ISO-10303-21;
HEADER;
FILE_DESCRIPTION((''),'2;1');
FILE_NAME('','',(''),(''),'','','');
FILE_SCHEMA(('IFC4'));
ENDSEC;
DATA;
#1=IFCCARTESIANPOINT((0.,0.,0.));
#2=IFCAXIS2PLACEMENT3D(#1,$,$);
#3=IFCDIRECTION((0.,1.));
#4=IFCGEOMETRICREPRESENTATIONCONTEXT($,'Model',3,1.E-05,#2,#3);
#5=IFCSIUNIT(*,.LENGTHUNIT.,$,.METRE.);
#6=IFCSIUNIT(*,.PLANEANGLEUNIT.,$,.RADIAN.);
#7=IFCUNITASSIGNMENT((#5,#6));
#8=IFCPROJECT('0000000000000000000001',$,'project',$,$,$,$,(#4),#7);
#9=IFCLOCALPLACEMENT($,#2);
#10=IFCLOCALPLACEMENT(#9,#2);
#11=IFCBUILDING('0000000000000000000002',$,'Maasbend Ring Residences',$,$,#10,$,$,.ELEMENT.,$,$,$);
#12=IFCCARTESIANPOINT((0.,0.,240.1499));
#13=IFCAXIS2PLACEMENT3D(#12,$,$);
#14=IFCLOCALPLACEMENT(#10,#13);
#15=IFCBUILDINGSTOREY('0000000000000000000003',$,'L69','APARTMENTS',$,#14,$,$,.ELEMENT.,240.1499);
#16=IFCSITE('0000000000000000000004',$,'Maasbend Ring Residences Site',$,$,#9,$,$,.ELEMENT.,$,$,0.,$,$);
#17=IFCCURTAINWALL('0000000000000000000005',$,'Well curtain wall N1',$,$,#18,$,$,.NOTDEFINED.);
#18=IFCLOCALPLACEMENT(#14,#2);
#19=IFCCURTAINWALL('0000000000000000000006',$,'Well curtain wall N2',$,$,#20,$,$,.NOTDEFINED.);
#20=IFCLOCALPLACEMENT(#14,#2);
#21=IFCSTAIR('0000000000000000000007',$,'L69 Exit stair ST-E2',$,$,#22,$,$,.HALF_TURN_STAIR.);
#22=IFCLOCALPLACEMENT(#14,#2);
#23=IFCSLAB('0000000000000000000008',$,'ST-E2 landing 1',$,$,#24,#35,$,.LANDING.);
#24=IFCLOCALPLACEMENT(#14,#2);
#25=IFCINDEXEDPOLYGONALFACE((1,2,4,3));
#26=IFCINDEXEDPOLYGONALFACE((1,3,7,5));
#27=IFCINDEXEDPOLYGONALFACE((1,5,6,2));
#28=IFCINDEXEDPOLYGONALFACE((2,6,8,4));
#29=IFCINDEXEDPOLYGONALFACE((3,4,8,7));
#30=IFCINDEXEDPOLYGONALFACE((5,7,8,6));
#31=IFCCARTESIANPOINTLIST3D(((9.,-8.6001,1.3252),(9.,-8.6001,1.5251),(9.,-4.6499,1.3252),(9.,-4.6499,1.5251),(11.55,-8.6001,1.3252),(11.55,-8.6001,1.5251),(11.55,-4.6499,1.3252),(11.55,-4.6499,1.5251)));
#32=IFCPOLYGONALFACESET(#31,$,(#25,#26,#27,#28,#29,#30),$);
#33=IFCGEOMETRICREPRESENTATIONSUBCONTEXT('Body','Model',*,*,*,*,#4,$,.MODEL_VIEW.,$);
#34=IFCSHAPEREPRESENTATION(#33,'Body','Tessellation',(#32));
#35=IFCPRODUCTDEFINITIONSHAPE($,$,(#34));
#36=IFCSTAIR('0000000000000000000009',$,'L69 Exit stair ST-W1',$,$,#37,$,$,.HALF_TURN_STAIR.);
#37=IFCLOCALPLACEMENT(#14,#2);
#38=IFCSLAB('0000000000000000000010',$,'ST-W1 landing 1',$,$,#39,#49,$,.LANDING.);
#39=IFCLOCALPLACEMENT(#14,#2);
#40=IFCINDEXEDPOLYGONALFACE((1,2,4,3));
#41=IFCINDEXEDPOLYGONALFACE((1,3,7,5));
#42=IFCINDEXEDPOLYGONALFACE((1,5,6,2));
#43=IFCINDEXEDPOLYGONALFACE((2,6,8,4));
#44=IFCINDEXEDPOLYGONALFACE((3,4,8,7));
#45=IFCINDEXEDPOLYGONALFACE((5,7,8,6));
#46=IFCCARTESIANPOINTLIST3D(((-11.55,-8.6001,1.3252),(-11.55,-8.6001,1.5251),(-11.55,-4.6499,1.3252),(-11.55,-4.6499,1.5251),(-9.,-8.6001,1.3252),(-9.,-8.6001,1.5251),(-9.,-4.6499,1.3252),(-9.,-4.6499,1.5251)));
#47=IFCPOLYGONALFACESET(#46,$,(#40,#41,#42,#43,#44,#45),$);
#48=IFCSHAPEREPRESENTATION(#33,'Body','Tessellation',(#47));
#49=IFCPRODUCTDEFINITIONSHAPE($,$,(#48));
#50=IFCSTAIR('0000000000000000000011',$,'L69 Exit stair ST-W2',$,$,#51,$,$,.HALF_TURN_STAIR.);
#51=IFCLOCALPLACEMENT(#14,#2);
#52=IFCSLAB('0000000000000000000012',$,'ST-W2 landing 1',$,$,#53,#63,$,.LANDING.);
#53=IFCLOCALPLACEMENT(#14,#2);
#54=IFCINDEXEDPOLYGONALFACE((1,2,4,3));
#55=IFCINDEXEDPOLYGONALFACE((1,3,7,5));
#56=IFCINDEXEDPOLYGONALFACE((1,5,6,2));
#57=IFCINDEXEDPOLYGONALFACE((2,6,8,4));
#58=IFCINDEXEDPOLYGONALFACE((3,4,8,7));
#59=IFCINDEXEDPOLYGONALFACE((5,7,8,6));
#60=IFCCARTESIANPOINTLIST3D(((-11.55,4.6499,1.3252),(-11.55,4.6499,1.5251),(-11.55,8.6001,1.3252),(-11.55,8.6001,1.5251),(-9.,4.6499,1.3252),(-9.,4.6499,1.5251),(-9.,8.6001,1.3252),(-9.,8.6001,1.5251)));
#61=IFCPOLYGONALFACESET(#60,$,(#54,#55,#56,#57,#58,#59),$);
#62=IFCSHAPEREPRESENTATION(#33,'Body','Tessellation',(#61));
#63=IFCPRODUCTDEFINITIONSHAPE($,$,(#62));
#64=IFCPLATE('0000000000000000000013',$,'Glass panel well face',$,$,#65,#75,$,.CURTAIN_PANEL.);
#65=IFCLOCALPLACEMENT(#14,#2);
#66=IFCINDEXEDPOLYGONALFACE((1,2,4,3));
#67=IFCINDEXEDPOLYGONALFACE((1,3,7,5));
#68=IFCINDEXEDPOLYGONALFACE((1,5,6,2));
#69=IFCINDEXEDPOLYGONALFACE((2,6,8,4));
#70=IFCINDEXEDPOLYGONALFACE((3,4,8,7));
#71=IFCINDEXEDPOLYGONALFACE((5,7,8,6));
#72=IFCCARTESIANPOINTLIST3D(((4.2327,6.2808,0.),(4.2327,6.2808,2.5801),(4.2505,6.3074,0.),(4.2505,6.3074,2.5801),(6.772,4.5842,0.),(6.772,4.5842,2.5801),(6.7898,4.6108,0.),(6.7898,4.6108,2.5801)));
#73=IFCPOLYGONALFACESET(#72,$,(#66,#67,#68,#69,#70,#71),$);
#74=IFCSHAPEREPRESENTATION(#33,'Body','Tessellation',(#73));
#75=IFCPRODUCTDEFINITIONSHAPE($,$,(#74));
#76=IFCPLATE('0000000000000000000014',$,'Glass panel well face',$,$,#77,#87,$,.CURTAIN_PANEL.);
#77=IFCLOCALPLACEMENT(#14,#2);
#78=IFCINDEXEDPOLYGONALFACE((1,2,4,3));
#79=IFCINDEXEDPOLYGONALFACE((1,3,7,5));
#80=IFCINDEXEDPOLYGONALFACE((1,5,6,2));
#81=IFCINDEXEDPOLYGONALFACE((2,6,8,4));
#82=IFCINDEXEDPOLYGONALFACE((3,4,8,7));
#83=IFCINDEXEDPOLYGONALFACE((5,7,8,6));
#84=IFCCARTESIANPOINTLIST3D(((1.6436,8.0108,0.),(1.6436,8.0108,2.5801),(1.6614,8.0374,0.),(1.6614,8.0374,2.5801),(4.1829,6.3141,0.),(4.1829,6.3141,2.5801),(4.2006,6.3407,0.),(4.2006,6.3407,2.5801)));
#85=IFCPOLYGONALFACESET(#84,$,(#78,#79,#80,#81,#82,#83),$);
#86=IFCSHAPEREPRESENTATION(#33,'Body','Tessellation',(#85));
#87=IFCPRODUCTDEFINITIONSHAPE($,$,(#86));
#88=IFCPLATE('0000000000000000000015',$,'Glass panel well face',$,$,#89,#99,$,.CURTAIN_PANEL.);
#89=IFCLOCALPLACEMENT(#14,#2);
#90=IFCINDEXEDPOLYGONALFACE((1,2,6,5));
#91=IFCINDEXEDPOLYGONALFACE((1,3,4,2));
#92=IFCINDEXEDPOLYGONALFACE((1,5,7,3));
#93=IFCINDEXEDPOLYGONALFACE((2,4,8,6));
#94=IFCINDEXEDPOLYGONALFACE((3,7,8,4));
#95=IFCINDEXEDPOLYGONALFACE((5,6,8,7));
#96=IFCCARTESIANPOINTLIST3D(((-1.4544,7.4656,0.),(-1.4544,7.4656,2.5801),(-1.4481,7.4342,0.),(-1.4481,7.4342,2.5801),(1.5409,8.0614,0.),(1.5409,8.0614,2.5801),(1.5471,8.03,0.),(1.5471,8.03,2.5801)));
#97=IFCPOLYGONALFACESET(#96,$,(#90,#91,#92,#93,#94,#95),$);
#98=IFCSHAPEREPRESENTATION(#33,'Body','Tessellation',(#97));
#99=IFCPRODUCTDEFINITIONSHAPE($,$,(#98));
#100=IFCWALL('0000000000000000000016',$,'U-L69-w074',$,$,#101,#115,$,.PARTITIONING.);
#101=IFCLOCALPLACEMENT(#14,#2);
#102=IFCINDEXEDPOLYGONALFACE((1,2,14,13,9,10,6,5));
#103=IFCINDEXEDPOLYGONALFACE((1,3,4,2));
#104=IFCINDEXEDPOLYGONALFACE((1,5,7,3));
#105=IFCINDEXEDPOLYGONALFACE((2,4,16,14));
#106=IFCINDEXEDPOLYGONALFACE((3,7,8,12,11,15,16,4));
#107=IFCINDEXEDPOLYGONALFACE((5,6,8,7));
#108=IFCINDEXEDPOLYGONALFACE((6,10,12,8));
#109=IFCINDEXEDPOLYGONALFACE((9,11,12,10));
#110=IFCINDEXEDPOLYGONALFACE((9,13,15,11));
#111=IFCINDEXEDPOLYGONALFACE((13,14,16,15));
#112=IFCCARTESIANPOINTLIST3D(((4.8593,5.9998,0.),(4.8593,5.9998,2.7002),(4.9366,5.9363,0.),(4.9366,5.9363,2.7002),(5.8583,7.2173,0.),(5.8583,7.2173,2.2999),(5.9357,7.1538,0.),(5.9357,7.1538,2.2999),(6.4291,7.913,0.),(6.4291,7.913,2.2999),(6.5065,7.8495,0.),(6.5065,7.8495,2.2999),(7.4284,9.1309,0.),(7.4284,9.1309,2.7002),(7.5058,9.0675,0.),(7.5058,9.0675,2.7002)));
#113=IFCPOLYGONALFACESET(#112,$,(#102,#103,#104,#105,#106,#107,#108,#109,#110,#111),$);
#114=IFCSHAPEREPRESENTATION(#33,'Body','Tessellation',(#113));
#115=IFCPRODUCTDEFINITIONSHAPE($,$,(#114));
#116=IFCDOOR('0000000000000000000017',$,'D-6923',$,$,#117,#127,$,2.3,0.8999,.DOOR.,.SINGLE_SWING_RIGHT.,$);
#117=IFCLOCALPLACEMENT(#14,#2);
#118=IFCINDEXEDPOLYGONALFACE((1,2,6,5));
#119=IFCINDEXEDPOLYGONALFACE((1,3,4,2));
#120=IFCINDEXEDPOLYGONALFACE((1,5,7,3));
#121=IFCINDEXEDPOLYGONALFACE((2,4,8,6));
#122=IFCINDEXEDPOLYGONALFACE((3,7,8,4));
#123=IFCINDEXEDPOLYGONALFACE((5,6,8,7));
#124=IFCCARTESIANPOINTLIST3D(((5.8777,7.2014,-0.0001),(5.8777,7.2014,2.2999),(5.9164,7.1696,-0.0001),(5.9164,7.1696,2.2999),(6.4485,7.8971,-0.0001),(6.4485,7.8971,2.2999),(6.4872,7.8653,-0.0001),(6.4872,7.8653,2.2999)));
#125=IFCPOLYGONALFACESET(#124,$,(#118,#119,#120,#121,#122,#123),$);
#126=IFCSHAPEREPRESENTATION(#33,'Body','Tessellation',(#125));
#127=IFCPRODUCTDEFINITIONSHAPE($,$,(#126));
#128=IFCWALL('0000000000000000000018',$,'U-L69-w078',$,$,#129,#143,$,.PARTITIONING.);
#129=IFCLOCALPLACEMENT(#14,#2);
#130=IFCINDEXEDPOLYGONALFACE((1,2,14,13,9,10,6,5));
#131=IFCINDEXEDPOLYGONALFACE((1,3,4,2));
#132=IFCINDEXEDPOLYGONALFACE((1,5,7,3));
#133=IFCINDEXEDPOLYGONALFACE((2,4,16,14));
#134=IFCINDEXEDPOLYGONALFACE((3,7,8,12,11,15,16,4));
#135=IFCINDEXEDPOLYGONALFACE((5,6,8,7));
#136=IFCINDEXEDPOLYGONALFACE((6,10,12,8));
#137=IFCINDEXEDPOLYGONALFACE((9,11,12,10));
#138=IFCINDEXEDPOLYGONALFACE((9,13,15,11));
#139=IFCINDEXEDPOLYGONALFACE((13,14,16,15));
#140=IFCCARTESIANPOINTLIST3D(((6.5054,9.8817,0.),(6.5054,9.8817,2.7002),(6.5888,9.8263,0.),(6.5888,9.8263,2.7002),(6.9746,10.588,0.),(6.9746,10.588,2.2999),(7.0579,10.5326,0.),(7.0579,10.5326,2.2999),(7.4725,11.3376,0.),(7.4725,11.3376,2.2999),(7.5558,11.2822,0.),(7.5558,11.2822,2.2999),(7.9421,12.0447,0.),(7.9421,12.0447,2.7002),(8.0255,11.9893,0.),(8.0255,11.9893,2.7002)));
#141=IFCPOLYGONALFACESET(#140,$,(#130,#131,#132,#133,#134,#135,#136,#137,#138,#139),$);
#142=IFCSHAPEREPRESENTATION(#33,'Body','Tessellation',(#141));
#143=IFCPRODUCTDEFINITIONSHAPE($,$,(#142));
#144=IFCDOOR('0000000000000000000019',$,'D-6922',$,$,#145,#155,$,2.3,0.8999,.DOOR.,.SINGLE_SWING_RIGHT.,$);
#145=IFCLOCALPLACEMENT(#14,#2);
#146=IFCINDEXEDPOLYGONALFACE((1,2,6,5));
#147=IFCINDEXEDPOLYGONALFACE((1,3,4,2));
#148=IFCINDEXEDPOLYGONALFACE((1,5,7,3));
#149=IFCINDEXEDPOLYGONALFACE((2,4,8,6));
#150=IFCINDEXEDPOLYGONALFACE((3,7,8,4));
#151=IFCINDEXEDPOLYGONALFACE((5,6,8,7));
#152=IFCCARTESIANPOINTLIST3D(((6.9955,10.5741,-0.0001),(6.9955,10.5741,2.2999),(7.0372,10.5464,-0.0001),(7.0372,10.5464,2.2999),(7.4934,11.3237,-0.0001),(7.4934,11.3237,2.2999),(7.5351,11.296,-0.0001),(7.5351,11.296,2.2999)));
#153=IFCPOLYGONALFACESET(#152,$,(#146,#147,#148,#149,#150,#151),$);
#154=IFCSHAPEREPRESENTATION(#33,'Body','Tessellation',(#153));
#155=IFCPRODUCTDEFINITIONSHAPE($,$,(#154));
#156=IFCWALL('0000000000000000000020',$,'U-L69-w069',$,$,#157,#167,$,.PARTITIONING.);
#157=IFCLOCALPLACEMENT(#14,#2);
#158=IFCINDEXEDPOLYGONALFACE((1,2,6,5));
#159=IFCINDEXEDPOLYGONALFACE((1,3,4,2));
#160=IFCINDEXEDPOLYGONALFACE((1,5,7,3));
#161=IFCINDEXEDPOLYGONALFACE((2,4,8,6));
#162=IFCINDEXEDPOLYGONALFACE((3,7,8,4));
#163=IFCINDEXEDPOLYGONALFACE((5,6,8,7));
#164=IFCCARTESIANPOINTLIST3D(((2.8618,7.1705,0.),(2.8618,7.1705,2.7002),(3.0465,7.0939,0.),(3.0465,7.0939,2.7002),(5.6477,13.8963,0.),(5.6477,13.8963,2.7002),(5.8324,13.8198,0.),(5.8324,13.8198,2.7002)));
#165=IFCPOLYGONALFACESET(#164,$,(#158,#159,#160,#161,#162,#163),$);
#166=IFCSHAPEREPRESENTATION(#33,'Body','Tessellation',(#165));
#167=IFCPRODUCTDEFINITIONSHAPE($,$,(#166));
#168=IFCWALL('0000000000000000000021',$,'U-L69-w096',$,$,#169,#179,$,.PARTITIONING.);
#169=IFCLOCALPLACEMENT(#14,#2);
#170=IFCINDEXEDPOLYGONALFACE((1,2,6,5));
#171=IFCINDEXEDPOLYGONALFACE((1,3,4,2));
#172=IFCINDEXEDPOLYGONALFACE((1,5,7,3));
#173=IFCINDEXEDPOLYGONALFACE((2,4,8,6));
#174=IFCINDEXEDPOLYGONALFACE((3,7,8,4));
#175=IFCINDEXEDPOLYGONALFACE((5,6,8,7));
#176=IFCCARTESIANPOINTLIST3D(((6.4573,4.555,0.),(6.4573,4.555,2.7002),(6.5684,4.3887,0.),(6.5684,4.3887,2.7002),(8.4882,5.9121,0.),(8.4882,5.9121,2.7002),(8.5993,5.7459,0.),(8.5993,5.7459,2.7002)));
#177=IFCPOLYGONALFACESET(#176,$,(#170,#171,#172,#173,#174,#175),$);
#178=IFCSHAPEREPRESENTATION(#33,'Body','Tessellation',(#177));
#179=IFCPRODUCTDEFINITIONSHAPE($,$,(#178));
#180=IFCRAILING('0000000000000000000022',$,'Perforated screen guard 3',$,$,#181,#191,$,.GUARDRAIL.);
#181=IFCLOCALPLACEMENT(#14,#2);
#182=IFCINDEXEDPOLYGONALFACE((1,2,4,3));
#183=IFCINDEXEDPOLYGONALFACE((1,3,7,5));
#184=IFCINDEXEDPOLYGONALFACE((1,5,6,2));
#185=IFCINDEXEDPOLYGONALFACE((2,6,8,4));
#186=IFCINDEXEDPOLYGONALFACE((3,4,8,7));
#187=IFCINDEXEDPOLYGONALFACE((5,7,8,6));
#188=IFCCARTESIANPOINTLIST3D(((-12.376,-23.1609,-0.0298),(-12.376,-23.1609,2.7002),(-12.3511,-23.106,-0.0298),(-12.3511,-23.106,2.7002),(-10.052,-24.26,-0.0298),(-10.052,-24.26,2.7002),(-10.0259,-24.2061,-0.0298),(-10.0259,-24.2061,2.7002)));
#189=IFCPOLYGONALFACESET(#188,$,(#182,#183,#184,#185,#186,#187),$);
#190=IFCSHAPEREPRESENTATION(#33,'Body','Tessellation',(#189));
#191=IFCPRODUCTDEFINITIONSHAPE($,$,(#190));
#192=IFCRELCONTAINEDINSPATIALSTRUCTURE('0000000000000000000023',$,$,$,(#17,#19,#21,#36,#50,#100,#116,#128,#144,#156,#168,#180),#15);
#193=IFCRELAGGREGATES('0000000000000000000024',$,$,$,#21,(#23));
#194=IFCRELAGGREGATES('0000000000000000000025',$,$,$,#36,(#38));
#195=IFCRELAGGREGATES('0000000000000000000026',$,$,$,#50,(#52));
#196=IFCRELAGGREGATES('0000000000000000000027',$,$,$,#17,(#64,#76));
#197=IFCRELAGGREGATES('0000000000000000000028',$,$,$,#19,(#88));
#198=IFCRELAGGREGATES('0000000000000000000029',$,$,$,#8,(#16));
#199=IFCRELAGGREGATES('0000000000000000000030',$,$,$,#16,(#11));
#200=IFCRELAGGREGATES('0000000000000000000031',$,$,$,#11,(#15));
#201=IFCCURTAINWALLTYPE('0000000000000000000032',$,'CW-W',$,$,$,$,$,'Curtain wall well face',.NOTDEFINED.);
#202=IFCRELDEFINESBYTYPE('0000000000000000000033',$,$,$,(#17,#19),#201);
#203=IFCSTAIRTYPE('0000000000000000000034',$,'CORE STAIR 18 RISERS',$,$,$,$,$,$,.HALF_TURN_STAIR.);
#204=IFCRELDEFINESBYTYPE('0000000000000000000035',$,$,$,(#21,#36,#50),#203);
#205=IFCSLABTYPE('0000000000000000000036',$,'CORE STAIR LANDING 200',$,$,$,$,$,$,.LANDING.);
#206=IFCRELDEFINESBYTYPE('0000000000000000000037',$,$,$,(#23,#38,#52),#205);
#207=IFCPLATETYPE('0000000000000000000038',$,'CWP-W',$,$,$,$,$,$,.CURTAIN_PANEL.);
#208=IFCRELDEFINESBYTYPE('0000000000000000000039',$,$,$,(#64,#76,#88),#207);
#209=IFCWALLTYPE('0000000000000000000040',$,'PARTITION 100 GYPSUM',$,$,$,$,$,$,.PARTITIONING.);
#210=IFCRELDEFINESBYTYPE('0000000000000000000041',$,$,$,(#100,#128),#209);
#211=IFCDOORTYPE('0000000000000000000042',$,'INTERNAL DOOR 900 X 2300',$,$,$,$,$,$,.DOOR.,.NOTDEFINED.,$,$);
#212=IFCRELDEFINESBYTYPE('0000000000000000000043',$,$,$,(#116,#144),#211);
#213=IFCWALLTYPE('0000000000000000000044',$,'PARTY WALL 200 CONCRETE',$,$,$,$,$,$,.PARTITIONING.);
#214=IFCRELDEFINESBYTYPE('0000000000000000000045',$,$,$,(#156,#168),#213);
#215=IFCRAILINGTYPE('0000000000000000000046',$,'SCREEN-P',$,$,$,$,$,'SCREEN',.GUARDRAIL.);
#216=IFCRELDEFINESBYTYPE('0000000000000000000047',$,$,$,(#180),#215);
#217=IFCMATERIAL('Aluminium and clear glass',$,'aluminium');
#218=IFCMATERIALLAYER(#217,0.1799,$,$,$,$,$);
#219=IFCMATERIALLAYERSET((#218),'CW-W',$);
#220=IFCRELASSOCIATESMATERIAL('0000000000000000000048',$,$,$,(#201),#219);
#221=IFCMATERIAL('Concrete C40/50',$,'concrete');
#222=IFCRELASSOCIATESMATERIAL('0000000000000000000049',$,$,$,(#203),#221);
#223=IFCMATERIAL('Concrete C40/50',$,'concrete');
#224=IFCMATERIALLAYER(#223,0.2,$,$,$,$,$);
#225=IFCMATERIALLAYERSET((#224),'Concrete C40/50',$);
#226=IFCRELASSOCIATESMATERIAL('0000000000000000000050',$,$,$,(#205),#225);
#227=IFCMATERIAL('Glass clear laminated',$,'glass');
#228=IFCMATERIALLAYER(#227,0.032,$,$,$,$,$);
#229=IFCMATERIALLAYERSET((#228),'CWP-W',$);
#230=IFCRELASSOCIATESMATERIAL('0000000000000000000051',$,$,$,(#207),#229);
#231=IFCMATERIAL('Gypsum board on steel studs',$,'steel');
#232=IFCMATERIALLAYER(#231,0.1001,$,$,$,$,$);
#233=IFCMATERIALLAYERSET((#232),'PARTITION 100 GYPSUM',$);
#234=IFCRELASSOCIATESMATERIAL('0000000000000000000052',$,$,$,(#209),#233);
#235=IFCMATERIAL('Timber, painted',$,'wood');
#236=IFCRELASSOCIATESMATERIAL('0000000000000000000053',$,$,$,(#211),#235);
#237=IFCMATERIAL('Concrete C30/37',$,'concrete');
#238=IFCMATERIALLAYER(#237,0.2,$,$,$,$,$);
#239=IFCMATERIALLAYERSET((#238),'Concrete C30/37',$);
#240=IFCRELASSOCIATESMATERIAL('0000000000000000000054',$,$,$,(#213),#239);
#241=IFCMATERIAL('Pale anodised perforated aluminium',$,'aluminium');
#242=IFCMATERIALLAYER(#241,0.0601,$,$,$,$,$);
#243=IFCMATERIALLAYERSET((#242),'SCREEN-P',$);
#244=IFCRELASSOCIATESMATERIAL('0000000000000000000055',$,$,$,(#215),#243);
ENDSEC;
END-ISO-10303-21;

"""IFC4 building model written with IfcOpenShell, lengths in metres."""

from ifc_helpers import new_model, si_unit, direction, frame, frame_2d, origin, origin_2d, place, context, subcontext, project, spatial, polyline, rectangle, outline, extrude, material, layer, layer_set, type_object, element, fill, aggregate, save


model = new_model("IFC4")

# Units and contexts
model_context = context("Model", 3, precision=1e-05, world=origin(), true_north=direction((0.0, 1.0)))
body_context = subcontext(model_context, "Body", "Model", "MODEL_VIEW")
ifc_project = project(units=[si_unit("LENGTHUNIT", "METRE"), si_unit("PLANEANGLEUNIT", "RADIAN")], contexts=[model_context])

# Site, building, storey
site_placement = place(None, origin())
site = spatial("IfcSite", under=ifc_project, at=site_placement, Name="Maasbend Ring Residences Site", CompositionType="ELEMENT", RefElevation=0.0)
building_placement = place(site_placement, origin())
building = spatial("IfcBuilding", under=site, at=building_placement, Name="Maasbend Ring Residences", CompositionType="ELEMENT")
storey_placement = place(building_placement, frame((0.0, 0.0, 240.1499)))
storey = spatial("IfcBuildingStorey", under=building, at=storey_placement, Name="L69", Description="APARTMENTS", CompositionType="ELEMENT", Elevation=240.1499)

# Curtain wall
ifc_material_1 = material(Name="Aluminium and clear glass", Category="aluminium")
ifc_layer_1 = layer(ifc_material_1, 0.1799)
ifc_layer_set_1 = layer_set([ifc_layer_1], Name="CW-W")
curtain_wall_type = type_object("IfcCurtainWallType", Name="CW-W", ElementType="Curtain wall well face", PredefinedType="NOTDEFINED", material=ifc_layer_set_1)
curtain_wall_1_placement = place(storey_placement, origin())
curtain_wall_1 = element("IfcCurtainWall", 1, at=curtain_wall_1_placement, inside=storey, type_object=curtain_wall_type, Name="Well curtain wall N1", PredefinedType="NOTDEFINED")

# Curtain wall
curtain_wall_2_placement = place(storey_placement, origin())
curtain_wall_2 = element("IfcCurtainWall", 2, at=curtain_wall_2_placement, inside=storey, type_object=curtain_wall_type, Name="Well curtain wall N2", PredefinedType="NOTDEFINED")

# Stairs, slabs
ifc_material_2 = material(Name="Concrete C40/50", Category="concrete")
stair_type = type_object("IfcStairType", Name="CORE STAIR 18 RISERS", PredefinedType="HALF_TURN_STAIR", material=ifc_material_2)
ifc_material_3 = material(Name="Concrete C40/50", Category="concrete")
ifc_layer_2 = layer(ifc_material_3, 0.2)
ifc_layer_set_2 = layer_set([ifc_layer_2], Name="Concrete C40/50")
slab_type = type_object("IfcSlabType", Name="CORE STAIR LANDING 200", PredefinedType="LANDING", material=ifc_layer_set_2)
stair_1_placement = place(storey_placement, origin())
stair_1 = element("IfcStair", 3, at=stair_1_placement, inside=storey, type_object=stair_type, Name="L69 Exit stair ST-E2", PredefinedType="HALF_TURN_STAIR")
slab_1_placement = place(storey_placement, frame((0.0, 0.0, 1.3252)))
slab_1 = element("IfcSlab", 4, at=slab_1_placement, type_object=slab_type, Name="ST-E2 landing 1", PredefinedType="LANDING", context=body_context, shape_type="SweptSolid", body=[
    extrude(outline(polyline([(11.55, -4.6499), (9.0, -4.6499), (9.0, -8.6001), (11.55, -8.6001), (11.55, -4.6499)])), origin(), (0.0, 0.0, 1.0), 0.2),
])
aggregate(stair_1, [slab_1])
stair_2_placement = place(storey_placement, origin())
stair_2 = element("IfcStair", 5, at=stair_2_placement, inside=storey, type_object=stair_type, Name="L69 Exit stair ST-W1", PredefinedType="HALF_TURN_STAIR")
slab_2_placement = place(storey_placement, frame((0.0, 0.0, 1.3252)))
slab_2 = element("IfcSlab", 6, at=slab_2_placement, type_object=slab_type, Name="ST-W1 landing 1", PredefinedType="LANDING", context=body_context, shape_type="SweptSolid", body=[
    extrude(outline(polyline([(-11.55, -8.6001), (-9.0, -8.6001), (-9.0, -4.6499), (-11.55, -4.6499), (-11.55, -8.6001)])), origin(), (0.0, 0.0, 1.0), 0.2),
])
aggregate(stair_2, [slab_2])
stair_3_placement = place(storey_placement, origin())
stair_3 = element("IfcStair", 7, at=stair_3_placement, inside=storey, type_object=stair_type, Name="L69 Exit stair ST-W2", PredefinedType="HALF_TURN_STAIR")
slab_3_placement = place(storey_placement, frame((0.0, 0.0, 1.3252)))
slab_3 = element("IfcSlab", 8, at=slab_3_placement, type_object=slab_type, Name="ST-W2 landing 1", PredefinedType="LANDING", context=body_context, shape_type="SweptSolid", body=[
    extrude(outline(polyline([(-11.55, 4.6499), (-9.0, 4.6499), (-9.0, 8.6001), (-11.55, 8.6001), (-11.55, 4.6499)])), origin(), (0.0, 0.0, 1.0), 0.2),
])
aggregate(stair_3, [slab_3])

# Plates
ifc_material_4 = material(Name="Glass clear laminated", Category="glass")
ifc_layer_3 = layer(ifc_material_4, 0.032)
ifc_layer_set_3 = layer_set([ifc_layer_3], Name="CWP-W")
plate_type = type_object("IfcPlateType", Name="CWP-W", PredefinedType="CURTAIN_PANEL", material=ifc_layer_set_3)
plate_1_placement = place(storey_placement, frame((5.5112, 5.4458, 0.0), z_axis=(0.0, 0.0, 1.0), x_axis=(-0.83147, 0.55557, 0.0)))
plate_1 = element("IfcPlate", 9, at=plate_1_placement, type_object=plate_type, Name="Glass panel well face", PredefinedType="CURTAIN_PANEL", context=body_context, shape_type="SweptSolid", body=[
    extrude(rectangle(XDim=3.054, YDim=0.032, at=origin_2d()), origin(), (0.0, 0.0, 1.0), 2.5801),
])
plate_2_placement = place(storey_placement, frame((2.9221, 7.1758, 0.0), z_axis=(0.0, 0.0, 1.0), x_axis=(-0.83147, 0.55557, 0.0)))
plate_2 = element("IfcPlate", 10, at=plate_2_placement, type_object=plate_type, Name="Glass panel well face", PredefinedType="CURTAIN_PANEL", context=body_context, shape_type="SweptSolid", body=[
    extrude(rectangle(XDim=3.054, YDim=0.032, at=origin_2d()), origin(), (0.0, 0.0, 1.0), 2.5801),
])
aggregate(curtain_wall_1, [plate_1, plate_2])
plate_3_placement = place(storey_placement, frame((0.0464, 7.7478, 0.0), z_axis=(0.0, 0.0, 1.0), x_axis=(-0.980785, -0.19509, 0.0)))
plate_3 = element("IfcPlate", 11, at=plate_3_placement, type_object=plate_type, Name="Glass panel well face", PredefinedType="CURTAIN_PANEL", context=body_context, shape_type="SweptSolid", body=[
    extrude(rectangle(XDim=3.054, YDim=0.032, at=origin_2d()), origin(), (0.0, 0.0, 1.0), 2.5801),
])
aggregate(curtain_wall_2, [plate_3])

# Walls, openings, doors
ifc_material_5 = material(Name="Gypsum board on steel studs", Category="steel")
ifc_layer_4 = layer(ifc_material_5, 0.1001)
ifc_layer_set_4 = layer_set([ifc_layer_4], Name="PARTITION 100 GYPSUM")
wall_type_1 = type_object("IfcWallType", Name="PARTITION 100 GYPSUM", PredefinedType="PARTITIONING", material=ifc_layer_set_4)
wall_1_placement = place(storey_placement, frame((4.8979, 5.968, 0.0), z_axis=(0.0, 0.0, 1.0), x_axis=(0.634314, 0.773076, 0.0)))
wall_1 = element("IfcWall", 12, at=wall_1_placement, inside=storey, type_object=wall_type_1, Name="U-L69-w074", PredefinedType="PARTITIONING", context=body_context, shape_type="SweptSolid", body=[
    extrude(rectangle(XDim=4.0503, YDim=0.1001, at=frame_2d((2.0251, 0.0))), origin(), (0.0, 0.0, 1.0), 2.7002),
])
opening_1_placement = place(wall_1_placement, frame((1.575, 0.0, 0.0)))
opening_1 = element("IfcOpeningElement", 13, at=opening_1_placement, cuts=wall_1, PredefinedType="OPENING", context=body_context, shape_type="SweptSolid", body=[
    extrude(rectangle(XDim=0.8999, YDim=2.3, at=frame_2d((0.45, 1.1499))), frame((0.0, 0.0601, 0.0), z_axis=(0.0, -1.0, 0.0), x_axis=(1.0, 0.0, 0.0)), (0.0, 0.0, 1.0), 0.1201),
])
ifc_material_6 = material(Name="Timber, painted", Category="wood")
door_type = type_object("IfcDoorType", Name="INTERNAL DOOR 900 X 2300", OperationType="NOTDEFINED", PredefinedType="DOOR", material=ifc_material_6)
door_1_placement = place(opening_1_placement, origin())
door_1 = element("IfcDoor", 14, at=door_1_placement, inside=storey, type_object=door_type, Name="D-6923", OperationType="SINGLE_SWING_RIGHT", OverallHeight=2.3, OverallWidth=0.8999, PredefinedType="DOOR", context=body_context, shape_type="SweptSolid", body=[
    extrude(rectangle(XDim=0.8999, YDim=2.3, at=frame_2d((0.45, 1.1499))), frame((0.0, 0.0249, 0.0), z_axis=(0.0, -1.0, 0.0), x_axis=(1.0, 0.0, 0.0)), (0.0, 0.0, 1.0), 0.05),
])
fill(opening_1, door_1)
wall_2_placement = place(storey_placement, frame((6.5471, 9.854, 0.0), z_axis=(0.0, 0.0, 1.0), x_axis=(0.553289, 0.832989, 0.0)))
wall_2 = element("IfcWall", 15, at=wall_2_placement, inside=storey, type_object=wall_type_1, Name="U-L69-w078", PredefinedType="PARTITIONING", context=body_context, shape_type="SweptSolid", body=[
    extrude(rectangle(XDim=2.5967, YDim=0.1001, at=frame_2d((1.2983, 0.0))), origin(), (0.0, 0.0, 1.0), 2.7002),
])
opening_2_placement = place(wall_2_placement, frame((0.8479, 0.0, 0.0)))
opening_2 = element("IfcOpeningElement", 16, at=opening_2_placement, cuts=wall_2, PredefinedType="OPENING", context=body_context, shape_type="SweptSolid", body=[
    extrude(rectangle(XDim=0.8999, YDim=2.3, at=frame_2d((0.45, 1.1499))), frame((0.0, 0.0601, 0.0), z_axis=(0.0, -1.0, 0.0), x_axis=(1.0, 0.0, 0.0)), (0.0, 0.0, 1.0), 0.1201),
])
door_2_placement = place(opening_2_placement, origin())
door_2 = element("IfcDoor", 17, at=door_2_placement, inside=storey, type_object=door_type, Name="D-6922", OperationType="SINGLE_SWING_RIGHT", OverallHeight=2.3, OverallWidth=0.8999, PredefinedType="DOOR", context=body_context, shape_type="SweptSolid", body=[
    extrude(rectangle(XDim=0.8999, YDim=2.3, at=frame_2d((0.45, 1.1499))), frame((0.0, 0.0249, 0.0), z_axis=(0.0, -1.0, 0.0), x_axis=(1.0, 0.0, 0.0)), (0.0, 0.0, 1.0), 0.05),
])
fill(opening_2, door_2)

# Walls
ifc_material_7 = material(Name="Concrete C30/37", Category="concrete")
ifc_layer_5 = layer(ifc_material_7, 0.2)
ifc_layer_set_5 = layer_set([ifc_layer_5], Name="Concrete C30/37")
wall_type_2 = type_object("IfcWallType", Name="PARTY WALL 200 CONCRETE", PredefinedType="PARTITIONING", material=ifc_layer_set_5)
wall_3_placement = place(storey_placement, frame((2.9541, 7.1321, 0.0), z_axis=(0.0, 0.0, 1.0), x_axis=(0.382679, 0.923882, 0.0)))
element("IfcWall", 18, at=wall_3_placement, inside=storey, type_object=wall_type_2, Name="U-L69-w069", PredefinedType="PARTITIONING", context=body_context, shape_type="SweptSolid", body=[
    extrude(rectangle(XDim=7.28, YDim=0.2, at=frame_2d((3.6401, 0.0))), origin(), (0.0, 0.0, 1.0), 2.7002),
])
wall_4_placement = place(storey_placement, frame((6.5129, 4.4719, 0.0), z_axis=(0.0, 0.0, 1.0), x_axis=(0.83145, 0.555599, 0.0)))
element("IfcWall", 19, at=wall_4_placement, inside=storey, type_object=wall_type_2, Name="U-L69-w096", PredefinedType="PARTITIONING", context=body_context, shape_type="SweptSolid", body=[
    extrude(rectangle(XDim=2.4426, YDim=0.2, at=frame_2d((1.2212, 0.0))), origin(), (0.0, 0.0, 1.0), 2.7002),
])

# Railing
ifc_material_8 = material(Name="Pale anodised perforated aluminium", Category="aluminium")
ifc_layer_6 = layer(ifc_material_8, 0.0601)
ifc_layer_set_6 = layer_set([ifc_layer_6], Name="SCREEN-P")
railing_type = type_object("IfcRailingType", Name="SCREEN-P", ElementType="SCREEN", PredefinedType="GUARDRAIL", material=ifc_layer_set_6)
railing_1_placement = place(storey_placement, frame((0.0, 0.0, -0.0298)))
element("IfcRailing", 20, at=railing_1_placement, inside=storey, type_object=railing_type, Name="Perforated screen guard 3", PredefinedType="GUARDRAIL", context=body_context, shape_type="SweptSolid", body=[
    extrude(outline(polyline([(-12.3511, -23.106), (-10.0259, -24.2061), (-10.052, -24.26), (-12.376, -23.1609), (-12.3511, -23.106)])), origin(), (0.0, 0.0, 1.0), 2.73),
])

save(model, "model.ifc")
